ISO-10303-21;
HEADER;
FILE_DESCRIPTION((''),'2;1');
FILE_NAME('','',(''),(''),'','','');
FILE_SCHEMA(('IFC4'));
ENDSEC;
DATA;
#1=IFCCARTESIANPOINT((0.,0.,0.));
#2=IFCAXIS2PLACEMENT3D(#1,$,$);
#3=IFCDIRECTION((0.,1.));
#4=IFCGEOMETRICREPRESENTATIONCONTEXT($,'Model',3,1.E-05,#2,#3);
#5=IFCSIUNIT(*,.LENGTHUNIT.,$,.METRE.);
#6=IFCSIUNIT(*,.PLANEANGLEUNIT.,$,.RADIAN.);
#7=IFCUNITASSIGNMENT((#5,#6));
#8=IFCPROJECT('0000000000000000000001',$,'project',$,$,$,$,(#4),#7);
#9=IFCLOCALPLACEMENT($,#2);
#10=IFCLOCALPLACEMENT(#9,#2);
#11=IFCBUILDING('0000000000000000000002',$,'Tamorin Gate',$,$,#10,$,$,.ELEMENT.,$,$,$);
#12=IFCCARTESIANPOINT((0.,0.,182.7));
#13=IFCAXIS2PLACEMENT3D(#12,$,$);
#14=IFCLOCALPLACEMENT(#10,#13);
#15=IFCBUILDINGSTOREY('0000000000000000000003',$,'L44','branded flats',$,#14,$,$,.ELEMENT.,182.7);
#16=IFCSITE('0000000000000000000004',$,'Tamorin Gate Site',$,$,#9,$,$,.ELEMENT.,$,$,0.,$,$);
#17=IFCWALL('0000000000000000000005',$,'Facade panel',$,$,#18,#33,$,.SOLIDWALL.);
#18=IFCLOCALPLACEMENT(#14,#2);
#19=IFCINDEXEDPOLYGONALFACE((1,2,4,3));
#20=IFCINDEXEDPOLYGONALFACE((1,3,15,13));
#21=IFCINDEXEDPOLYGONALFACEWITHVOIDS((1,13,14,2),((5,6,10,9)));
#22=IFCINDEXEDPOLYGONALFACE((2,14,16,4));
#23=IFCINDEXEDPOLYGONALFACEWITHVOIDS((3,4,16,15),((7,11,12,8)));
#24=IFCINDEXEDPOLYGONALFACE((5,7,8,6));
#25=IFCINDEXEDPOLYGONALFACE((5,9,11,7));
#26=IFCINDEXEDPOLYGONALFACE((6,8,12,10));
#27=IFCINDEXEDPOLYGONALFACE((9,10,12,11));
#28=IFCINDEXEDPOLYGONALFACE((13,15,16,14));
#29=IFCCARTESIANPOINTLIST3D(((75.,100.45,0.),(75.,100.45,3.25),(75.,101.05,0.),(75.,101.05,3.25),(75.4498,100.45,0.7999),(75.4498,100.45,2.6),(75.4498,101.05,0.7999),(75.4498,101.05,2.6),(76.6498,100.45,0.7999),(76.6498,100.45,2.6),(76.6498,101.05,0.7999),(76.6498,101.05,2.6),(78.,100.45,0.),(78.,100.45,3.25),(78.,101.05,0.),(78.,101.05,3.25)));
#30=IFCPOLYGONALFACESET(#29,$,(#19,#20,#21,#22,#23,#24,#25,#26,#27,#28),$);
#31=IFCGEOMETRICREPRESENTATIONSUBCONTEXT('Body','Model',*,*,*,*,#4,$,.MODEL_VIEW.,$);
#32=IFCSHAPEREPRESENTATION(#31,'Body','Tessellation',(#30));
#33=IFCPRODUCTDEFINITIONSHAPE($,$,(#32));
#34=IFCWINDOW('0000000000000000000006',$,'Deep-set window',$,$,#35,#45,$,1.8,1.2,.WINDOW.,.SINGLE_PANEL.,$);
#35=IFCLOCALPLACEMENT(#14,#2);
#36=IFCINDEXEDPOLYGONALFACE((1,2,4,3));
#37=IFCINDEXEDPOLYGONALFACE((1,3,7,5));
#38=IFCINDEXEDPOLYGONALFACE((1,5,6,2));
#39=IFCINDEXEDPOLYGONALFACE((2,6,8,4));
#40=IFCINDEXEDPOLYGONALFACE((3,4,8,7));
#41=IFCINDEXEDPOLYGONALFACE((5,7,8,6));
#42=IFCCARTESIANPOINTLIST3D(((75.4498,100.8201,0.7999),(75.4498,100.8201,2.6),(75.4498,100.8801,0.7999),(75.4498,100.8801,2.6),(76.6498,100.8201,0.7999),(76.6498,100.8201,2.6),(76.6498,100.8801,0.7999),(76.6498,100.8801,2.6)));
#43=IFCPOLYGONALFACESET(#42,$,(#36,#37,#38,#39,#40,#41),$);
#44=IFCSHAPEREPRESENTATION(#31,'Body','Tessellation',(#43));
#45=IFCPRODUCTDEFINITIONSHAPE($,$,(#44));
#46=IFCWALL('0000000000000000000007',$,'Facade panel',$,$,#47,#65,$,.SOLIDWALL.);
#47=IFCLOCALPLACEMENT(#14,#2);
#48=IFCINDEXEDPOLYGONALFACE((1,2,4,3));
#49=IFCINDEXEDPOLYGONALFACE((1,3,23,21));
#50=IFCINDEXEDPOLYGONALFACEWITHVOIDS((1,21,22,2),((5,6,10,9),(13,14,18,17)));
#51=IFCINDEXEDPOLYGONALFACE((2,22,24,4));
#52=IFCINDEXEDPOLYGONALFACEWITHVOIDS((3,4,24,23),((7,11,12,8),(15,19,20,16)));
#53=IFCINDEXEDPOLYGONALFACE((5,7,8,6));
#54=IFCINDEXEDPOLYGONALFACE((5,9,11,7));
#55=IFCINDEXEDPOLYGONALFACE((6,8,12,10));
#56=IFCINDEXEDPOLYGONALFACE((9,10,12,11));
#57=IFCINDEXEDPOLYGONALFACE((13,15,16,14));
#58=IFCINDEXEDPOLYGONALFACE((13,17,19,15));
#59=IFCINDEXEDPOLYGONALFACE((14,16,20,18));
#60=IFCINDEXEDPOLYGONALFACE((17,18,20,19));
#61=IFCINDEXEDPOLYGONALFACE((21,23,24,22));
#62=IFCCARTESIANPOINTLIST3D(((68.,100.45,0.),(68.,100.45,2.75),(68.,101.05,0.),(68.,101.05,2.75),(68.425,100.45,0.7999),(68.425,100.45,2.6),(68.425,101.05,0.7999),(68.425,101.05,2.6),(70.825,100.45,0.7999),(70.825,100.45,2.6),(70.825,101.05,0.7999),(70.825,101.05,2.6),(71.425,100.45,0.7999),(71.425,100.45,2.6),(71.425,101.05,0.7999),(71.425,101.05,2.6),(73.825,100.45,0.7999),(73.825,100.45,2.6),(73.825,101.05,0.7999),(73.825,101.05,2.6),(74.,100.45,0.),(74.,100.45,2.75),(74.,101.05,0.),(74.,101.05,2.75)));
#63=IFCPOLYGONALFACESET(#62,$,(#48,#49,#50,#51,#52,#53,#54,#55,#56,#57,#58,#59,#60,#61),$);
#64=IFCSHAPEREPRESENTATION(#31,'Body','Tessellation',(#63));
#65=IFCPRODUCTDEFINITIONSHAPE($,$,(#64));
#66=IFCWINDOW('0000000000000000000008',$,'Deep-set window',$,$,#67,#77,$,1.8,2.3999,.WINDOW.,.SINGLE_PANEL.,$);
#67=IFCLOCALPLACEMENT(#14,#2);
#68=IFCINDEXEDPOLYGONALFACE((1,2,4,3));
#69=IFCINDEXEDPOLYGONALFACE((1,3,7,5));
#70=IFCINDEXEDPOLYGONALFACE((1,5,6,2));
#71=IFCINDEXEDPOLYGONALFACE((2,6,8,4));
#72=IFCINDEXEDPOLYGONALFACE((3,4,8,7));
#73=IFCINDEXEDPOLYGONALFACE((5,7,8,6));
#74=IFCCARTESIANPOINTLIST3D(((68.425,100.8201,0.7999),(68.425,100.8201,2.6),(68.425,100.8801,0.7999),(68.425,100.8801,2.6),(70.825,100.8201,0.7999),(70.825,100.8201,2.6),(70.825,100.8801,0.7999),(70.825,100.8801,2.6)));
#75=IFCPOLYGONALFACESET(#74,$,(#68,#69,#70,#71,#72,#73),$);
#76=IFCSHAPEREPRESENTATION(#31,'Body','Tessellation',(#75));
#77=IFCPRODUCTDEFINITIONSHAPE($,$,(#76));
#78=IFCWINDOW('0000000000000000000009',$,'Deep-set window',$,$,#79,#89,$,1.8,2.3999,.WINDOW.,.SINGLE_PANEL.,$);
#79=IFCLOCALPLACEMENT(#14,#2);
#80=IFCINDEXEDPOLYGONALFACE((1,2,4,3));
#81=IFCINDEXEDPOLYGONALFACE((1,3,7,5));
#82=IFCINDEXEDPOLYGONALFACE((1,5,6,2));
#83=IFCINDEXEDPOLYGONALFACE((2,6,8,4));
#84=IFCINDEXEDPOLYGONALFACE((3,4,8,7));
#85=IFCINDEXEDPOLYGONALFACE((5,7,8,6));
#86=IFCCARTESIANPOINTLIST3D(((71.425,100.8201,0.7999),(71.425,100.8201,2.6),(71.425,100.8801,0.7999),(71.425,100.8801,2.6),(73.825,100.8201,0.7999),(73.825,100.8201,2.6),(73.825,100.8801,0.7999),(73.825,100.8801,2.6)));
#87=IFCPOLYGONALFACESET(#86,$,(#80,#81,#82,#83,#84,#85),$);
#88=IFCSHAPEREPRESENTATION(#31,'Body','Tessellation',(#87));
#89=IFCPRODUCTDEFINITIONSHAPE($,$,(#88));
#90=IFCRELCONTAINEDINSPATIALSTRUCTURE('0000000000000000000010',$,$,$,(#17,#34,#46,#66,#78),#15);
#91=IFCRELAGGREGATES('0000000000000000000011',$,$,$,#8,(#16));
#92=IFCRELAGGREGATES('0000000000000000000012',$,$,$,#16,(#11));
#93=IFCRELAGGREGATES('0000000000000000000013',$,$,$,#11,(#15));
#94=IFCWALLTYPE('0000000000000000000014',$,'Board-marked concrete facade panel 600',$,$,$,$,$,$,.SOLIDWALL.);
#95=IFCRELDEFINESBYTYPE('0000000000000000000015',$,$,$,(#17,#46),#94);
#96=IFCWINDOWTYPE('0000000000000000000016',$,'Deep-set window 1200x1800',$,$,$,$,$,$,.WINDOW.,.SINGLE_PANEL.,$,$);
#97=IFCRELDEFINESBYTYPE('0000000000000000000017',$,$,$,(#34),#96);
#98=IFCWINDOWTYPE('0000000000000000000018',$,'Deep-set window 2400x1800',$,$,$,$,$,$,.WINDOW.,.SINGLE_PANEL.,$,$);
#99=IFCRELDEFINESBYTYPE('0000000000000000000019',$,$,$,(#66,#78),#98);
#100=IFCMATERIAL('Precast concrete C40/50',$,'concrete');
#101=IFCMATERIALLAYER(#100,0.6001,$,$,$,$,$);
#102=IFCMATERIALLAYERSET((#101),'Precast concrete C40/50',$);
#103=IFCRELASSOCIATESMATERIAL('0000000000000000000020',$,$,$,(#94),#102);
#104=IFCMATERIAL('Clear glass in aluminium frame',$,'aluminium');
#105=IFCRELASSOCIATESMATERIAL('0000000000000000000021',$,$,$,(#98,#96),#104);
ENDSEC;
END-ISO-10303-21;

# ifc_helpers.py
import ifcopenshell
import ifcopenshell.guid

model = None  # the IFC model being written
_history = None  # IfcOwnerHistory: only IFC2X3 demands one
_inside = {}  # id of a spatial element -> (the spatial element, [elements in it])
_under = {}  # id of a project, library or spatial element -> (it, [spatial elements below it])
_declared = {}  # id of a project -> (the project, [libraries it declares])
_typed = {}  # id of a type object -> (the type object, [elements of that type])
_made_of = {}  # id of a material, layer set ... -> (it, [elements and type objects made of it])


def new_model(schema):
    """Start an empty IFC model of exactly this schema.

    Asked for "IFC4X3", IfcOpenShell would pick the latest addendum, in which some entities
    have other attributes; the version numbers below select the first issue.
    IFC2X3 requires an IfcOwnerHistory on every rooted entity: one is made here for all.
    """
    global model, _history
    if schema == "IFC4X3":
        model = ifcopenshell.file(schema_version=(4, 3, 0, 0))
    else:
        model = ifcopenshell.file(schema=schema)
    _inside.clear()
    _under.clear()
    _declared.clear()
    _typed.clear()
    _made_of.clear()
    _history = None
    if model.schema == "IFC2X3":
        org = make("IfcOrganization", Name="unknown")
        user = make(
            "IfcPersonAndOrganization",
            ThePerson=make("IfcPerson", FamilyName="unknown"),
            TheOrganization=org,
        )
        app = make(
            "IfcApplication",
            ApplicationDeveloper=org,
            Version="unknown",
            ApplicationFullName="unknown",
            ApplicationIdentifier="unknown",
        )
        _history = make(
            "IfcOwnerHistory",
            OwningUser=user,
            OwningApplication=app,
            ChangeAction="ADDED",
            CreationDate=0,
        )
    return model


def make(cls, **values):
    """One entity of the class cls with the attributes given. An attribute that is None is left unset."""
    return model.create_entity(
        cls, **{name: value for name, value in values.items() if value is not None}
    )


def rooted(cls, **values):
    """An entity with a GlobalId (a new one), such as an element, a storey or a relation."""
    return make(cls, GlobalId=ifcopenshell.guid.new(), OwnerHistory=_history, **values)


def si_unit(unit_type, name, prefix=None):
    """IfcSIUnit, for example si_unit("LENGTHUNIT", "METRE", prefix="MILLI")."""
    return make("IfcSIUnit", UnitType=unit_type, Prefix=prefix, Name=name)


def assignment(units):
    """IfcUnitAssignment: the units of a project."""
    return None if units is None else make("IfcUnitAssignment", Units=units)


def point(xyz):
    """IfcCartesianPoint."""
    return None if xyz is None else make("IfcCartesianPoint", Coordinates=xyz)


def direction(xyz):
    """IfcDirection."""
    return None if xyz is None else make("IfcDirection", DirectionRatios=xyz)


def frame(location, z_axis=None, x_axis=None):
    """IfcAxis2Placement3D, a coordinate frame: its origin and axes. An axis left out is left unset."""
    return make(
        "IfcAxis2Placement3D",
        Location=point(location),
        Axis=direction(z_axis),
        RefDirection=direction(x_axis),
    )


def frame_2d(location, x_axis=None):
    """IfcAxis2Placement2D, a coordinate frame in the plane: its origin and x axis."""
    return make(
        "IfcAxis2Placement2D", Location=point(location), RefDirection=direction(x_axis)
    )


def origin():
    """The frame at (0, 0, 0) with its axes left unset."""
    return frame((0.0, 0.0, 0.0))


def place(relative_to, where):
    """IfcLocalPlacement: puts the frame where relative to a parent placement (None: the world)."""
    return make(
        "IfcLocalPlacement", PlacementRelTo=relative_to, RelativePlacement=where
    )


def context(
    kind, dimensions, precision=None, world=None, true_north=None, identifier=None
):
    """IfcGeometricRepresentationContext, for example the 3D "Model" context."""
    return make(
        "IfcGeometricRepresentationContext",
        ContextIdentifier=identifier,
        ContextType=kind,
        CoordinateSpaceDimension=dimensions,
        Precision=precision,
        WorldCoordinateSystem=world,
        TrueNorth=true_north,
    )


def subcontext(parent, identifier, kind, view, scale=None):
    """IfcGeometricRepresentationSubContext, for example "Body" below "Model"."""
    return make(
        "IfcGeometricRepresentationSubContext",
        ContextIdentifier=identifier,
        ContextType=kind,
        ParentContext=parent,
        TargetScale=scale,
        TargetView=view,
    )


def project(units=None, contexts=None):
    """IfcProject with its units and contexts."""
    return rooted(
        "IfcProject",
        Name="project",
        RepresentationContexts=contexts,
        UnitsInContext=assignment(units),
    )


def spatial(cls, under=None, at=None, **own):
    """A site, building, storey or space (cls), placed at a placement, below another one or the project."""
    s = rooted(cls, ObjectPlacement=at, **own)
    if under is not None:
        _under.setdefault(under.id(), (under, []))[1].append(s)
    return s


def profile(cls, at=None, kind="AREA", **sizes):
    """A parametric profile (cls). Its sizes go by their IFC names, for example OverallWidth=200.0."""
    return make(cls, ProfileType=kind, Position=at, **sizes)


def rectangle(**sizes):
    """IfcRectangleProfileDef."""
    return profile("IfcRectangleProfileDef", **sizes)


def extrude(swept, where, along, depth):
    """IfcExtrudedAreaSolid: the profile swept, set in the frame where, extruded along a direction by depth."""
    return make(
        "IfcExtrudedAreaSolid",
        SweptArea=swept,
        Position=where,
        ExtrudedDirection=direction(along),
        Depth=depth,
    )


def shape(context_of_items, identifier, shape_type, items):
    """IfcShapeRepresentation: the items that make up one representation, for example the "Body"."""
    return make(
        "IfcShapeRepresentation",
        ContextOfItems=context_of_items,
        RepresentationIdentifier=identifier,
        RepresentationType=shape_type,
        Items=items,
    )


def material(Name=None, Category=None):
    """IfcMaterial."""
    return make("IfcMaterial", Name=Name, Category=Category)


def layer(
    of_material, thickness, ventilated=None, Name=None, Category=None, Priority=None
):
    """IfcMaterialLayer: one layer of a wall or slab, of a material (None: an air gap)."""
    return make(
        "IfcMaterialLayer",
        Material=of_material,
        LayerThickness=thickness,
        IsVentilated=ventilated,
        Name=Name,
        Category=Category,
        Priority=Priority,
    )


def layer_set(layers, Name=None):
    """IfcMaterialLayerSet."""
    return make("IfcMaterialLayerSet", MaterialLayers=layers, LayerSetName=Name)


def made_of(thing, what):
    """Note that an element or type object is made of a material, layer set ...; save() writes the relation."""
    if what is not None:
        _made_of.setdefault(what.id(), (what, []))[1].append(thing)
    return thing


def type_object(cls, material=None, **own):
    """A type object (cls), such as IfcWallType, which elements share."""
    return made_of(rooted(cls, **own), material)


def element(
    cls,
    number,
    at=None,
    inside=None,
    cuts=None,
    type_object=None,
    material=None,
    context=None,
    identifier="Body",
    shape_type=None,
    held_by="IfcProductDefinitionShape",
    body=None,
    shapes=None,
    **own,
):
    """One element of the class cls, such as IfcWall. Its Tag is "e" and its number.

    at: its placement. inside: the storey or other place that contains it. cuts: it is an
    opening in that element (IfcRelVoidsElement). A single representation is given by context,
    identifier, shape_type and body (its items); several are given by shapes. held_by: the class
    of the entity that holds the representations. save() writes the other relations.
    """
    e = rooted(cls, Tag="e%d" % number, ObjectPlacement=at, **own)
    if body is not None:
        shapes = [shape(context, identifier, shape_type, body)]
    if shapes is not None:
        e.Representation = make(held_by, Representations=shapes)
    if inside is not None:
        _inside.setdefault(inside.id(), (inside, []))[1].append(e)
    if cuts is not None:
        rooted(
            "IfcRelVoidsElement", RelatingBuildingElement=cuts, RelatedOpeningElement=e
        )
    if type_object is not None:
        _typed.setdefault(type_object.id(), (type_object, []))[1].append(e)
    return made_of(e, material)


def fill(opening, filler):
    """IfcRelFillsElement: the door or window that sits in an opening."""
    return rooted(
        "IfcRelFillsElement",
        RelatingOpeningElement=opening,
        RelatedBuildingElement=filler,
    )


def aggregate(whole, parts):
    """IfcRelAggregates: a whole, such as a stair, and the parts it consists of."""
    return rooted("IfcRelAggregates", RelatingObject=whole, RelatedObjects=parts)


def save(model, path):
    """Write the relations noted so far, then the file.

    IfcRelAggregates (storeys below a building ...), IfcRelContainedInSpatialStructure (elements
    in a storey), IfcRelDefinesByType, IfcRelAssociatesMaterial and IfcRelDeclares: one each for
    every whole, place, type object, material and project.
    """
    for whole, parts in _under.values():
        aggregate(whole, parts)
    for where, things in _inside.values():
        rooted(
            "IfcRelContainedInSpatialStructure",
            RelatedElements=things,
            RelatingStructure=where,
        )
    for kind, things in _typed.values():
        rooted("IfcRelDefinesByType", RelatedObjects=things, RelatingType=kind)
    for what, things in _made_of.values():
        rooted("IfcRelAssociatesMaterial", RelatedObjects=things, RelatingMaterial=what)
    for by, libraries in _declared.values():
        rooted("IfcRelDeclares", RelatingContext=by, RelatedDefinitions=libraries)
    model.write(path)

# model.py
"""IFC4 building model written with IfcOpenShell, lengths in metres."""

from ifc_helpers import new_model, si_unit, direction, frame, frame_2d, origin, place, context, subcontext, project, spatial, rectangle, extrude, material, layer, layer_set, type_object, element, fill, save


model = new_model("IFC4")

# Units and contexts
model_context = context("Model", 3, precision=1e-05, world=origin(), true_north=direction((0.0, 1.0)))
body_context = subcontext(model_context, "Body", "Model", "MODEL_VIEW")
ifc_project = project(units=[si_unit("LENGTHUNIT", "METRE"), si_unit("PLANEANGLEUNIT", "RADIAN")], contexts=[model_context])

# Site, building, storey
site_placement = place(None, origin())
site = spatial("IfcSite", under=ifc_project, at=site_placement, Name="Tamorin Gate Site", CompositionType="ELEMENT", RefElevation=0.0)
building_placement = place(site_placement, origin())
building = spatial("IfcBuilding", under=site, at=building_placement, Name="Tamorin Gate", CompositionType="ELEMENT")
storey_placement = place(building_placement, frame((0.0, 0.0, 182.7)))
storey = spatial("IfcBuildingStorey", under=building, at=storey_placement, Name="L44", Description="branded flats", CompositionType="ELEMENT", Elevation=182.7)

# Shared definitions
ifc_material_1 = material(Name="Precast concrete C40/50", Category="concrete")
ifc_layer = layer(ifc_material_1, 0.6001)
ifc_layer_set = layer_set([ifc_layer], Name="Precast concrete C40/50")
wall_type = type_object("IfcWallType", Name="Board-marked concrete facade panel 600", PredefinedType="SOLIDWALL", material=ifc_layer_set)
ifc_material_2 = material(Name="Clear glass in aluminium frame", Category="aluminium")
window_type_1 = type_object("IfcWindowType", Name="Deep-set window 2400x1800", PartitioningType="SINGLE_PANEL", PredefinedType="WINDOW", material=ifc_material_2)
window_type_2 = type_object("IfcWindowType", Name="Deep-set window 1200x1800", PartitioningType="SINGLE_PANEL", PredefinedType="WINDOW", material=ifc_material_2)

# Wall, opening, window
wall_1_placement = place(storey_placement, frame((78.0, 100.75, 0.0), z_axis=(0.0, 0.0, 1.0), x_axis=(-1.0, 0.0, 0.0)))
wall_1 = element("IfcWall", 1, at=wall_1_placement, inside=storey, type_object=wall_type, Name="Facade panel", PredefinedType="SOLIDWALL", context=body_context, shape_type="SweptSolid", body=[
    extrude(rectangle(XDim=3.0, YDim=0.6001, at=frame_2d((1.5, 0.0))), origin(), (0.0, 0.0, 1.0), 3.25),
])
opening_1_placement = place(wall_1_placement, frame((1.3501, 0.0, 0.8)))
opening_1 = element("IfcOpeningElement", 2, at=opening_1_placement, cuts=wall_1, PredefinedType="OPENING", context=body_context, shape_type="SweptSolid", body=[
    extrude(rectangle(XDim=1.2, YDim=1.8, at=frame_2d((0.6001, 0.8999))), frame((0.0, 0.3101, 0.0), z_axis=(0.0, -1.0, 0.0), x_axis=(1.0, 0.0, 0.0)), (0.0, 0.0, 1.0), 0.6201),
])
window_1_placement = place(opening_1_placement, origin())
window_1 = element("IfcWindow", 3, at=window_1_placement, inside=storey, type_object=window_type_2, Name="Deep-set window", OverallHeight=1.8, OverallWidth=1.2, PartitioningType="SINGLE_PANEL", PredefinedType="WINDOW", context=body_context, shape_type="SweptSolid", body=[
    extrude(rectangle(XDim=1.2, YDim=1.8, at=frame_2d((0.6001, 0.8999))), frame((0.0, -0.0701, 0.0), z_axis=(0.0, -1.0, 0.0), x_axis=(1.0, 0.0, 0.0)), (0.0, 0.0, 1.0), 0.0601),
])
fill(opening_1, window_1)

# Wall, openings, windows
wall_2_placement = place(storey_placement, frame((74.0, 100.75, 0.0), z_axis=(0.0, 0.0, 1.0), x_axis=(-1.0, 0.0, 0.0)))
wall_2 = element("IfcWall", 4, at=wall_2_placement, inside=storey, type_object=wall_type, Name="Facade panel", PredefinedType="SOLIDWALL", context=body_context, shape_type="SweptSolid", body=[
    extrude(rectangle(XDim=6.0, YDim=0.6001, at=frame_2d((3.0, 0.0))), origin(), (0.0, 0.0, 1.0), 2.75),
])
opening_2_placement = place(wall_2_placement, frame((3.175, 0.0, 0.8)))
opening_2 = element("IfcOpeningElement", 5, at=opening_2_placement, cuts=wall_2, PredefinedType="OPENING", context=body_context, shape_type="SweptSolid", body=[
    extrude(rectangle(XDim=2.3999, YDim=1.8, at=frame_2d((1.2, 0.8999))), frame((0.0, 0.3101, 0.0), z_axis=(0.0, -1.0, 0.0), x_axis=(1.0, 0.0, 0.0)), (0.0, 0.0, 1.0), 0.6201),
])
opening_3_placement = place(wall_2_placement, frame((0.175, 0.0, 0.8)))
opening_3 = element("IfcOpeningElement", 6, at=opening_3_placement, cuts=wall_2, PredefinedType="OPENING", context=body_context, shape_type="SweptSolid", body=[
    extrude(rectangle(XDim=2.3999, YDim=1.8, at=frame_2d((1.2, 0.8999))), frame((0.0, 0.3101, 0.0), z_axis=(0.0, -1.0, 0.0), x_axis=(1.0, 0.0, 0.0)), (0.0, 0.0, 1.0), 0.6201),
])
window_2_placement = place(opening_2_placement, origin())
window_2 = element("IfcWindow", 7, at=window_2_placement, inside=storey, type_object=window_type_1, Name="Deep-set window", OverallHeight=1.8, OverallWidth=2.3999, PartitioningType="SINGLE_PANEL", PredefinedType="WINDOW", context=body_context, shape_type="SweptSolid", body=[
    extrude(rectangle(XDim=2.3999, YDim=1.8, at=frame_2d((1.2, 0.8999))), frame((0.0, -0.0701, 0.0), z_axis=(0.0, -1.0, 0.0), x_axis=(1.0, 0.0, 0.0)), (0.0, 0.0, 1.0), 0.0601),
])
fill(opening_2, window_2)
window_3_placement = place(opening_3_placement, origin())
window_3 = element("IfcWindow", 8, at=window_3_placement, inside=storey, type_object=window_type_1, Name="Deep-set window", OverallHeight=1.8, OverallWidth=2.3999, PartitioningType="SINGLE_PANEL", PredefinedType="WINDOW", context=body_context, shape_type="SweptSolid", body=[
    extrude(rectangle(XDim=2.3999, YDim=1.8, at=frame_2d((1.2, 0.8999))), frame((0.0, -0.0701, 0.0), z_axis=(0.0, -1.0, 0.0), x_axis=(1.0, 0.0, 0.0)), (0.0, 0.0, 1.0), 0.0601),
])
fill(opening_3, window_3)

save(model, "model.ifc")
